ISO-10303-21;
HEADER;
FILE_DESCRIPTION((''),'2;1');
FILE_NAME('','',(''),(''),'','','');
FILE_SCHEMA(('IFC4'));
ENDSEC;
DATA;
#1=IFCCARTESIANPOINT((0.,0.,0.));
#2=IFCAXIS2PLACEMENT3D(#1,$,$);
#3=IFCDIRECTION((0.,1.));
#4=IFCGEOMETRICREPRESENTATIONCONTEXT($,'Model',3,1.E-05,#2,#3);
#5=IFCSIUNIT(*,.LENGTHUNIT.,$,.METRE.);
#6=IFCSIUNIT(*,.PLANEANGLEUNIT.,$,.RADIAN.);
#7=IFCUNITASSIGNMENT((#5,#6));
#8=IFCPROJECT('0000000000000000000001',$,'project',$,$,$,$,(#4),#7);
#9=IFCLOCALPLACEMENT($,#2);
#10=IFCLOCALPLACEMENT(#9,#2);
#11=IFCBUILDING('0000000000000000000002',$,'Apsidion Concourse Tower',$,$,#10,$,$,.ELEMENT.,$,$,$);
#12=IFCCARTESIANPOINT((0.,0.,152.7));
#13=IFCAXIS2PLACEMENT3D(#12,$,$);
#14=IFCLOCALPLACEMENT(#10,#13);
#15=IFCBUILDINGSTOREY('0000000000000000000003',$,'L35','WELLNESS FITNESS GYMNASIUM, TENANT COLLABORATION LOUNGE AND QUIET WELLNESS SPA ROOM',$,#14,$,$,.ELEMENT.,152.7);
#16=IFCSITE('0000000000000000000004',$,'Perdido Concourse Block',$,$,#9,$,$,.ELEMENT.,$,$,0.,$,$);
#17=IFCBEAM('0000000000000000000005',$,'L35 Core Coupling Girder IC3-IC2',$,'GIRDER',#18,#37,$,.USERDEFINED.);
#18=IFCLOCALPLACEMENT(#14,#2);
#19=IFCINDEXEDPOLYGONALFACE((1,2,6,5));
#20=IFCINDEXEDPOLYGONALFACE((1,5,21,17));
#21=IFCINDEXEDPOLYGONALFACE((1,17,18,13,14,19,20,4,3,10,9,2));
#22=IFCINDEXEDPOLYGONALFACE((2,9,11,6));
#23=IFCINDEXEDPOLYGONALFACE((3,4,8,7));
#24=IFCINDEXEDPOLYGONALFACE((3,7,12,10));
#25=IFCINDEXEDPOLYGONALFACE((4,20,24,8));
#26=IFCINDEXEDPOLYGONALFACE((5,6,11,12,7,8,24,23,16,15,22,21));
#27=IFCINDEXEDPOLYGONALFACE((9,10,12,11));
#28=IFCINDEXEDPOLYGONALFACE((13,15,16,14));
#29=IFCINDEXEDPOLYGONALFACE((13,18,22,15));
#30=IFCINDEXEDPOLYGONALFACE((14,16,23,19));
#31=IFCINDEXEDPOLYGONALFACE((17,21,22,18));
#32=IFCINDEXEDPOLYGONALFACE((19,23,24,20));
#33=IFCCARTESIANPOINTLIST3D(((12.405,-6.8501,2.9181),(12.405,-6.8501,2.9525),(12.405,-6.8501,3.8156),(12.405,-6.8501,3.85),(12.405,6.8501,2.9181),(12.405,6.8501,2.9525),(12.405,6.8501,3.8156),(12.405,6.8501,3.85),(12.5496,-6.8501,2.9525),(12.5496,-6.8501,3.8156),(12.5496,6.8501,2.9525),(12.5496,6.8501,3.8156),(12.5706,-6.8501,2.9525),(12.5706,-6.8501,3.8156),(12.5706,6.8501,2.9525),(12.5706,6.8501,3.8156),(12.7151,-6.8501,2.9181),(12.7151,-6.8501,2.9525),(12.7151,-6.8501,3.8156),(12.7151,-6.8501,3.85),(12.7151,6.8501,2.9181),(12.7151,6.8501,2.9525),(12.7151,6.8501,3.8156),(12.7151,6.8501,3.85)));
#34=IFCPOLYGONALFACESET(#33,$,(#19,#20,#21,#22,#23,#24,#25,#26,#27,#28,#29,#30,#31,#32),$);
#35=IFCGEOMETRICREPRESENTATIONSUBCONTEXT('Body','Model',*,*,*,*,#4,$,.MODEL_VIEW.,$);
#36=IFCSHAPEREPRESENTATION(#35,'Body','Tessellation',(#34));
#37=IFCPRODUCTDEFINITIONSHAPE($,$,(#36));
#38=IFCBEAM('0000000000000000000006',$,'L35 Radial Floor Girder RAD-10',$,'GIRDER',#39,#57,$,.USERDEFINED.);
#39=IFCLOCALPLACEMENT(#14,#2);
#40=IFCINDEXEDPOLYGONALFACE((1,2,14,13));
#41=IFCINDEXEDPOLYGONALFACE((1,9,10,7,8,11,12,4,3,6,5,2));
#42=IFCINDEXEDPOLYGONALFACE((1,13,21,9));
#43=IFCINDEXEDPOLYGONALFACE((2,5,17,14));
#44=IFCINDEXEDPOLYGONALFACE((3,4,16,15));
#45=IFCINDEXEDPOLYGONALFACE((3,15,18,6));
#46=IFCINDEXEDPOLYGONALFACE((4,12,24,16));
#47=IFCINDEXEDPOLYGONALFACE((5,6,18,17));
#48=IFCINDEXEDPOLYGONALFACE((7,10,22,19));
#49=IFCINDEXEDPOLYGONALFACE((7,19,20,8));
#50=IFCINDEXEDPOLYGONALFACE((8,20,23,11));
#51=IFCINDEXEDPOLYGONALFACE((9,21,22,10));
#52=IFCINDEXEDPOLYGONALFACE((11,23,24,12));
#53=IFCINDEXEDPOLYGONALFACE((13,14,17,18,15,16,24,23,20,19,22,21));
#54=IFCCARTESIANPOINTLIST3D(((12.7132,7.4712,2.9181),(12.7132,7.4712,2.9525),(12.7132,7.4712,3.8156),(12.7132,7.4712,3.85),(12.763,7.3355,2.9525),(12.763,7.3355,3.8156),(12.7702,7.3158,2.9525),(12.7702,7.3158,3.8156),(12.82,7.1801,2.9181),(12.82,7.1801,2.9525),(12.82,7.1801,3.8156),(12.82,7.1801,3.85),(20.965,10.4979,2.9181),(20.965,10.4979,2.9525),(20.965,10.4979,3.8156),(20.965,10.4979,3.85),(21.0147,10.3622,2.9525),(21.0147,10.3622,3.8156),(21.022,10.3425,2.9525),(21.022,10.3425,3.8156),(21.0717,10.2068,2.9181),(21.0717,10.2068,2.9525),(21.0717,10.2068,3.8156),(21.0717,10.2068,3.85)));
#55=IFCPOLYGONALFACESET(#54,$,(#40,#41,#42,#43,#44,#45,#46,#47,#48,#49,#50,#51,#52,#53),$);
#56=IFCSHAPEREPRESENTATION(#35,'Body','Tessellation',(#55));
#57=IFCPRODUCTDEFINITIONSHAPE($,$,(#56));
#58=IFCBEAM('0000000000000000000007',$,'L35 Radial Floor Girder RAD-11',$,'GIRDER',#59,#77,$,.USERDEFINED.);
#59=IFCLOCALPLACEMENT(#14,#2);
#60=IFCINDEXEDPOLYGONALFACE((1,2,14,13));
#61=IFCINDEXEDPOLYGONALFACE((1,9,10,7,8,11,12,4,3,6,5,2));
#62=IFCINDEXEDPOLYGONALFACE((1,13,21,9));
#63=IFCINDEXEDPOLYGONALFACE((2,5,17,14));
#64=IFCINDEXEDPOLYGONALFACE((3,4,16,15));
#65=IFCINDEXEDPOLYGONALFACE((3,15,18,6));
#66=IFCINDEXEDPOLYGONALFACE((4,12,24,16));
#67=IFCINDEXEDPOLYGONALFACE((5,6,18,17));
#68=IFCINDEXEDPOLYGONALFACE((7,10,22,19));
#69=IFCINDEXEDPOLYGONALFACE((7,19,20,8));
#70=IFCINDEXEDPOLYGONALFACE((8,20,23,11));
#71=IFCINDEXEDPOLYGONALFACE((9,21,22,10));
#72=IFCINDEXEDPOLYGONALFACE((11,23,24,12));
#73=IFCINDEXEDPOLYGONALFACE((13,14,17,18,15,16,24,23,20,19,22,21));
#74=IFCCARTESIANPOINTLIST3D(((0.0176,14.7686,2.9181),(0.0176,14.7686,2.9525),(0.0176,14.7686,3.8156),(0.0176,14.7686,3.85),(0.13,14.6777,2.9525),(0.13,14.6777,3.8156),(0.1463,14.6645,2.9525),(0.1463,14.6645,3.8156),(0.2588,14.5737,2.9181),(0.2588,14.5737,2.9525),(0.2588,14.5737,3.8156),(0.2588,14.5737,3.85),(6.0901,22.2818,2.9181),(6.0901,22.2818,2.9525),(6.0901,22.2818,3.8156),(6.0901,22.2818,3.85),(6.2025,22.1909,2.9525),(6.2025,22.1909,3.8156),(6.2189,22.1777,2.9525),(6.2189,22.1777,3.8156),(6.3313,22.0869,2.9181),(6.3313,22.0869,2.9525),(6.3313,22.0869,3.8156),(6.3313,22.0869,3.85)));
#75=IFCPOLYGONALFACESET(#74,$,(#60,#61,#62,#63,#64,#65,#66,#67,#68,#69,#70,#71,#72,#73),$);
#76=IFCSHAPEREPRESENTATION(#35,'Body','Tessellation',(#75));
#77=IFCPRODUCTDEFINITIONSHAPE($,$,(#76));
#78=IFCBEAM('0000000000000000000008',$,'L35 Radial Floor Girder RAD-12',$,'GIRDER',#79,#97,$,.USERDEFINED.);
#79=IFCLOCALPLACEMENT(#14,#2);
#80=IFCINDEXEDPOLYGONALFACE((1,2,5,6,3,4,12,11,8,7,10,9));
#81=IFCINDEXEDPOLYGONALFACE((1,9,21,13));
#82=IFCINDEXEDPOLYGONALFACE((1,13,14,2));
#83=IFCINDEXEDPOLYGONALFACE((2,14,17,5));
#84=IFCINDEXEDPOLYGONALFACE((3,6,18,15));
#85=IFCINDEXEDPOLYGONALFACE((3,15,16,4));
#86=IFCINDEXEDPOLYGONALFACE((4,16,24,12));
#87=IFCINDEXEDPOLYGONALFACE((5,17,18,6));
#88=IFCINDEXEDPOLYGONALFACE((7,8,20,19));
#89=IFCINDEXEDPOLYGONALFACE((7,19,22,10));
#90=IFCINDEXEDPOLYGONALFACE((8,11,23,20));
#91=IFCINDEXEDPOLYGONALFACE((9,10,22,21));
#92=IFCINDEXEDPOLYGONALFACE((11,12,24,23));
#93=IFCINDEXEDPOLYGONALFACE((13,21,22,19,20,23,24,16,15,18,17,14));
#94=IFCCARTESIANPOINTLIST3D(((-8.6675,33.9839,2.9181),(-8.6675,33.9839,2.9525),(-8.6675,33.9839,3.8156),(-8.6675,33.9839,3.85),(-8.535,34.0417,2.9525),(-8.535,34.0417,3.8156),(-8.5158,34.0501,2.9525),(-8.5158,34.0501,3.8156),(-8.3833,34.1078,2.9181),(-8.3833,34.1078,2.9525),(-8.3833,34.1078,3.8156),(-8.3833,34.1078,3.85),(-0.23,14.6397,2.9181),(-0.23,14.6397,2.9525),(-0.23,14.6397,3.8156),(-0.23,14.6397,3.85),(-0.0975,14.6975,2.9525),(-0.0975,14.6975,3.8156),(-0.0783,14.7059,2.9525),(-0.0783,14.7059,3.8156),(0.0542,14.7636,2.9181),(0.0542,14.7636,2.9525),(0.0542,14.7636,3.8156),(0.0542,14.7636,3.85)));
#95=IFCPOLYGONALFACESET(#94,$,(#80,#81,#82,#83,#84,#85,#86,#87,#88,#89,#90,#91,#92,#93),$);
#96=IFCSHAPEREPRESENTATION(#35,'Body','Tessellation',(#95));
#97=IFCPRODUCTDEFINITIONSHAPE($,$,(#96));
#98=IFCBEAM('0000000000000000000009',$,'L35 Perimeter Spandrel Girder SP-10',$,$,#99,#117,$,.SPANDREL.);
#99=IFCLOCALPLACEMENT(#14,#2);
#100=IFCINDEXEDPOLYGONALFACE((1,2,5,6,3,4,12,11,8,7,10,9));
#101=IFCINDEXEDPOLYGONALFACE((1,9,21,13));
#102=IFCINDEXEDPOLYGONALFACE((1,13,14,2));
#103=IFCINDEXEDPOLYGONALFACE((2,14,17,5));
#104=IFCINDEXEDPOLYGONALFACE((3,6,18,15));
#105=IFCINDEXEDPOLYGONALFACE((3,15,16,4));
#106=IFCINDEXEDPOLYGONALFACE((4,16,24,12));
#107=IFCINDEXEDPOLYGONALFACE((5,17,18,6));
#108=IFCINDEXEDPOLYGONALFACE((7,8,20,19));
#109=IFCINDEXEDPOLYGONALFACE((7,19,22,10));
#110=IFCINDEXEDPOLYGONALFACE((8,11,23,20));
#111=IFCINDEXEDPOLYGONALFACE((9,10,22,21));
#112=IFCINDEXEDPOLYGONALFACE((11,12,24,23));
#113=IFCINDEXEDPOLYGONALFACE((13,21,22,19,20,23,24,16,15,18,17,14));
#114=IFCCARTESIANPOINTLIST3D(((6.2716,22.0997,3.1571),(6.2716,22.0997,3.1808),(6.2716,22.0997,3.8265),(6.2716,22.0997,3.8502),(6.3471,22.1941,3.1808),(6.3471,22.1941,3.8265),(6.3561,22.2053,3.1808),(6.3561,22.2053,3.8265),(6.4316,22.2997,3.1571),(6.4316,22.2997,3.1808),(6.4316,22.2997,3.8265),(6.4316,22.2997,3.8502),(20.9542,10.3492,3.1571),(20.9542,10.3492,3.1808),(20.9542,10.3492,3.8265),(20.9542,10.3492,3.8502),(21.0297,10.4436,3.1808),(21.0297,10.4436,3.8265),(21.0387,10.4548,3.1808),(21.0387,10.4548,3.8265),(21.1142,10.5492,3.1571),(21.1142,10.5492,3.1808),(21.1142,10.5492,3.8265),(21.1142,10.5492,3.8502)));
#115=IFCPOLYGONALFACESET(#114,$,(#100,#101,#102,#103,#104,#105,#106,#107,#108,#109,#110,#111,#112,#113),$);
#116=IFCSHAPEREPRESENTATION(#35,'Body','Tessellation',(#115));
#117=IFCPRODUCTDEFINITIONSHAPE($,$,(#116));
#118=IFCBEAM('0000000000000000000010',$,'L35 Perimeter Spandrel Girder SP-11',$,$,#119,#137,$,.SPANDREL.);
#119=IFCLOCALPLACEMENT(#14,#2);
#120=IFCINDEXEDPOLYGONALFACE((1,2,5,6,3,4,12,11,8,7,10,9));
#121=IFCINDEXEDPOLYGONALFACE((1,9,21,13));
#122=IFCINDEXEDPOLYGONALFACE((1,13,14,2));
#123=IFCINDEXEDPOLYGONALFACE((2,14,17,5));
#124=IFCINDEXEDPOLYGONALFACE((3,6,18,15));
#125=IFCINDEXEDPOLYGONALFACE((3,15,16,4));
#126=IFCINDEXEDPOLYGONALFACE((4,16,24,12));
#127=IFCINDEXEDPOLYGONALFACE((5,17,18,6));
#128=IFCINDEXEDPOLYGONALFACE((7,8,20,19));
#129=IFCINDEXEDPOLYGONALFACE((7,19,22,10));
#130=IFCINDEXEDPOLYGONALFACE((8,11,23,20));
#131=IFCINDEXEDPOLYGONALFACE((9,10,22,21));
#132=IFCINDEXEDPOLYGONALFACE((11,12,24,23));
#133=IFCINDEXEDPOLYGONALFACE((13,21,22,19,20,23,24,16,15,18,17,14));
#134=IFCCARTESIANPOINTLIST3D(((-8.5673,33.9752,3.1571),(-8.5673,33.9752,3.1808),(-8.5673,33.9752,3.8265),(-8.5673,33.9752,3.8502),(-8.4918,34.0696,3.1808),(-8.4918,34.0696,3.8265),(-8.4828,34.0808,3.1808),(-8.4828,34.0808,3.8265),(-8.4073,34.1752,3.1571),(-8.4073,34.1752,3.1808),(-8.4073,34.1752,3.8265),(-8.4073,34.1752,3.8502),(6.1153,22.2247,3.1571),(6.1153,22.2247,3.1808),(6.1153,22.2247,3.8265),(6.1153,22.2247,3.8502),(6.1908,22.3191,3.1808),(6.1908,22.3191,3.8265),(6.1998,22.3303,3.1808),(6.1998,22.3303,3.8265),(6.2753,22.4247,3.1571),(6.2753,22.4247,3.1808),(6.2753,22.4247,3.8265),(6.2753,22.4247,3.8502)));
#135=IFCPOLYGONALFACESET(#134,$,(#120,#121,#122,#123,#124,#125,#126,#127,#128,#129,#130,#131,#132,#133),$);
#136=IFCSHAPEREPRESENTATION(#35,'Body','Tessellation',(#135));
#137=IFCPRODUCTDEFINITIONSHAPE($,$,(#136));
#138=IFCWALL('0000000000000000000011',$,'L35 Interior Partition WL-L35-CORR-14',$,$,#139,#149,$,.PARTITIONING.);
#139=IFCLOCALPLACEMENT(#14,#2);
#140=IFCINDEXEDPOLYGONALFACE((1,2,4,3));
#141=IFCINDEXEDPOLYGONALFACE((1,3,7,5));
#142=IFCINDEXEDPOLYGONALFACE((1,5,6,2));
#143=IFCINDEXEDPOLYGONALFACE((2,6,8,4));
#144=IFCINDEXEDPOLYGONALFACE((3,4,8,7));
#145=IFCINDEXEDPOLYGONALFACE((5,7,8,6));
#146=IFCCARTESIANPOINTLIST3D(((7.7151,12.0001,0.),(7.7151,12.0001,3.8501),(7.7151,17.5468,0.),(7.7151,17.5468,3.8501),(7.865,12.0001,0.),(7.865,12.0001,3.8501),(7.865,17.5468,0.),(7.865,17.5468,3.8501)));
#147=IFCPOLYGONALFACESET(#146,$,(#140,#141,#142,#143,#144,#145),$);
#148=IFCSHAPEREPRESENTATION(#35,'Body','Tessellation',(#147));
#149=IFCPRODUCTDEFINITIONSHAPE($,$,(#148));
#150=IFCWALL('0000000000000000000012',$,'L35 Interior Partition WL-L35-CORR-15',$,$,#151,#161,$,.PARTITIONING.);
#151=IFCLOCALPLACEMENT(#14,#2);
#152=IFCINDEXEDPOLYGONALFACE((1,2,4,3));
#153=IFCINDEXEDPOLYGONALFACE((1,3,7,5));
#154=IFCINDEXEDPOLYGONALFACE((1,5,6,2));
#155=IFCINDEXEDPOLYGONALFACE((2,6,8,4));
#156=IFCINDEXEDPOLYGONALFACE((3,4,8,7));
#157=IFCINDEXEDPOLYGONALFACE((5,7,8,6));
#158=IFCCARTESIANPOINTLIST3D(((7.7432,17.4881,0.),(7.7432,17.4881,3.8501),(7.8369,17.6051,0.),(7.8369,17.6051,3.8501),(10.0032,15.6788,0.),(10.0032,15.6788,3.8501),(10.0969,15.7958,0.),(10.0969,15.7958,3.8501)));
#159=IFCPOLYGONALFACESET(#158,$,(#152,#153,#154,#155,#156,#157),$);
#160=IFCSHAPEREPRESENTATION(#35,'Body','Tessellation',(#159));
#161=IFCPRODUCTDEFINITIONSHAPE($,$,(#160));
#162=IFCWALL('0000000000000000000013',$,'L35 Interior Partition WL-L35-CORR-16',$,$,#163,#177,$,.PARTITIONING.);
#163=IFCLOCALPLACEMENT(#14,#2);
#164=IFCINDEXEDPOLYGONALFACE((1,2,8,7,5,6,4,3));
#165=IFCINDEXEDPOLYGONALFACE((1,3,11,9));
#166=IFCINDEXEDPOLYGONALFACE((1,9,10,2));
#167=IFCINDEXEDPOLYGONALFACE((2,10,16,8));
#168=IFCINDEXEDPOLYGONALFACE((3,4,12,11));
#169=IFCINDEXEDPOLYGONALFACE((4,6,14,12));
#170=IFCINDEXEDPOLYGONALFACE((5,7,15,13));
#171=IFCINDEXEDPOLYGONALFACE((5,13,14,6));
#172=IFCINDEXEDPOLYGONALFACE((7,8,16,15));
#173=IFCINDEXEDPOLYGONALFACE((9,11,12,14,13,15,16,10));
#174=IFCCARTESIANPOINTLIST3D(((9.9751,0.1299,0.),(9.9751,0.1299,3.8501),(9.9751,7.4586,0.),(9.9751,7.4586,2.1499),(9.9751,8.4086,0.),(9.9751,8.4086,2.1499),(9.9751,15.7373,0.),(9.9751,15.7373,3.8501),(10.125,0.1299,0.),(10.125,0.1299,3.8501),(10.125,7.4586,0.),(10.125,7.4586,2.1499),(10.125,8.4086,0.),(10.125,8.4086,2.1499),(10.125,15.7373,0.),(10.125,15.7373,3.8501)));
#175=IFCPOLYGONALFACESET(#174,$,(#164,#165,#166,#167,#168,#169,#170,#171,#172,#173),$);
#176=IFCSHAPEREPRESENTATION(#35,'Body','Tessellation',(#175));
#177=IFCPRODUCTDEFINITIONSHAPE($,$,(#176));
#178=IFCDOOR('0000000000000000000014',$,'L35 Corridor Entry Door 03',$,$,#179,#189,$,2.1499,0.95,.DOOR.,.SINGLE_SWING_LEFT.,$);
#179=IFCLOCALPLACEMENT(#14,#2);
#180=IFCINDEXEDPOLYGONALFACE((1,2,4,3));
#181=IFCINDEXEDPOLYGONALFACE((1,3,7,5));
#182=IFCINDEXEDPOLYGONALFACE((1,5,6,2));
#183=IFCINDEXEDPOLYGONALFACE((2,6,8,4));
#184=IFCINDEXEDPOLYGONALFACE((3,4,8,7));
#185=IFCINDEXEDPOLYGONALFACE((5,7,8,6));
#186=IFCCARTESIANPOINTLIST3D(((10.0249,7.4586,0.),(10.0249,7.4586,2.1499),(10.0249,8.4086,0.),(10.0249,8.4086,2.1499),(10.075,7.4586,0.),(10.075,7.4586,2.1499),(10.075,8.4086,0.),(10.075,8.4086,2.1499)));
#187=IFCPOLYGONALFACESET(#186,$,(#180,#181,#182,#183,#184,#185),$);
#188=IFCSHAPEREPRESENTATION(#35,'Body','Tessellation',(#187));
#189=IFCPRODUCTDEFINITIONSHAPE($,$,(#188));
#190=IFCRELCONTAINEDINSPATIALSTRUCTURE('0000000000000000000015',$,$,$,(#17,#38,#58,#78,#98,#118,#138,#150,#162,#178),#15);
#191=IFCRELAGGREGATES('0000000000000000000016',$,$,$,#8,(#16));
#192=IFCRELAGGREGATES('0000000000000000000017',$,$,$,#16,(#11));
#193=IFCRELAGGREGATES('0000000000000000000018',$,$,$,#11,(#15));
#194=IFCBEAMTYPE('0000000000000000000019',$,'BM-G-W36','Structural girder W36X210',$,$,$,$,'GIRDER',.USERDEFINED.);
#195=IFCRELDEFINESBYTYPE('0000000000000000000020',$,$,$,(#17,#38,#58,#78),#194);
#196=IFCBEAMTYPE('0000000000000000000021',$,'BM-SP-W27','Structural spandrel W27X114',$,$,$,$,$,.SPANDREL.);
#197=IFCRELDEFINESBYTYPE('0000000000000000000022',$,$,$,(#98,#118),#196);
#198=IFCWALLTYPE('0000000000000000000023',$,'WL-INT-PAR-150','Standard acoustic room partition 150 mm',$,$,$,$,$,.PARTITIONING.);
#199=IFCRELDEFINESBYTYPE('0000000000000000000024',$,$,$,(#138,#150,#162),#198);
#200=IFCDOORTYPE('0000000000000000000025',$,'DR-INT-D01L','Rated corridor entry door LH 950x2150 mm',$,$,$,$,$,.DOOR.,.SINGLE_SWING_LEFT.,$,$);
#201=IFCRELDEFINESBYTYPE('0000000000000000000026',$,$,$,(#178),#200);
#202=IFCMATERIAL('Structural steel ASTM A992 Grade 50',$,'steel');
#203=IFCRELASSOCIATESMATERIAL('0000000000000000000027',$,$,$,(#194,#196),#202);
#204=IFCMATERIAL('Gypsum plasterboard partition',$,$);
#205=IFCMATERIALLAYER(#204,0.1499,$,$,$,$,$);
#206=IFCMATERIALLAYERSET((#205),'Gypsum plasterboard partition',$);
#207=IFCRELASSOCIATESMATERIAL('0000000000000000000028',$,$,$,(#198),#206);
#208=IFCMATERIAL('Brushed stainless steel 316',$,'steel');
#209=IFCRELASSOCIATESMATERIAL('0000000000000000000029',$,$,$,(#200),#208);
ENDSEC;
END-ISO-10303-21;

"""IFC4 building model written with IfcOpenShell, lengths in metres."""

from ifc_helpers import new_model, si_unit, direction, frame, frame_2d, origin, origin_2d, place, context, subcontext, project, spatial, rectangle, i_section, extrude, material, layer, layer_set, material_profile, profile_set, type_object, element, fill, save


model = new_model("IFC4")

# Units and contexts
model_context = context("Model", 3, precision=1e-05, world=origin(), true_north=direction((0.0, 1.0)))
body_context = subcontext(model_context, "Body", "Model", "MODEL_VIEW")
ifc_project = project(units=[si_unit("LENGTHUNIT", "METRE"), si_unit("PLANEANGLEUNIT", "RADIAN")], contexts=[model_context])

# Site, building, storey
site_placement = place(None, origin())
site = spatial("IfcSite", under=ifc_project, at=site_placement, Name="Perdido Concourse Block", CompositionType="ELEMENT", RefElevation=0.0)
building_placement = place(site_placement, origin())
building = spatial("IfcBuilding", under=site, at=building_placement, Name="Apsidion Concourse Tower", CompositionType="ELEMENT")
storey_placement = place(building_placement, frame((0.0, 0.0, 152.7)))
storey = spatial("IfcBuildingStorey", under=building, at=storey_placement, Name="L35", Description="WELLNESS FITNESS GYMNASIUM, TENANT COLLABORATION LOUNGE AND QUIET WELLNESS SPA ROOM", CompositionType="ELEMENT", Elevation=152.7)

# Shared definitions
ifc_material_1 = material(Name="Structural steel ASTM A992 Grade 50", Category="steel")

# Beams
ifc_material_profile_1 = material_profile(ifc_material_1, i_section(OverallWidth=0.3101, OverallDepth=0.9319, WebThickness=0.021, FlangeThickness=0.0344, at=origin_2d()), Name="W36X210")
ifc_profile_set_1 = profile_set([ifc_material_profile_1], Name="Structural steel ASTM A992 Grade 50")
beam_type_1 = type_object("IfcBeamType", Name="BM-G-W36", Description="Structural girder W36X210", ElementType="GIRDER", PredefinedType="USERDEFINED", material=ifc_profile_set_1)
beam_1_placement = place(storey_placement, frame((12.5601, 6.8501, 3.384), z_axis=(0.0, -1.0, 0.0), x_axis=(1.0, 0.0, 0.0)))
element("IfcBeam", 1, at=beam_1_placement, inside=storey, type_object=beam_type_1, Name="L35 Core Coupling Girder IC3-IC2", ObjectType="GIRDER", PredefinedType="USERDEFINED", context=body_context, shape_type="SweptSolid", body=[
    extrude(i_section(OverallWidth=0.3101, OverallDepth=0.9319, WebThickness=0.021, FlangeThickness=0.0344, at=origin_2d()), origin(), (0.0, 0.0, 1.0), 13.7002),
])
beam_2_placement = place(storey_placement, frame((12.7666, 7.3257, 3.384), z_axis=(0.93884, 0.344353, 0.0), x_axis=(-0.344353, 0.93884, 0.0)))
element("IfcBeam", 2, at=beam_2_placement, inside=storey, type_object=beam_type_1, Name="L35 Radial Floor Girder RAD-10", ObjectType="GIRDER", PredefinedType="USERDEFINED", context=body_context, shape_type="SweptSolid", body=[
    extrude(i_section(OverallWidth=0.3101, OverallDepth=0.9319, WebThickness=0.021, FlangeThickness=0.0344, at=origin_2d()), origin(), (0.0, 0.0, 1.0), 8.7893),
])
beam_3_placement = place(storey_placement, frame((0.1382, 14.6711, 3.384), z_axis=(0.628598, 0.77773, 0.0), x_axis=(-0.77773, 0.628598, 0.0)))
element("IfcBeam", 3, at=beam_3_placement, inside=storey, type_object=beam_type_1, Name="L35 Radial Floor Girder RAD-11", ObjectType="GIRDER", PredefinedType="USERDEFINED", context=body_context, shape_type="SweptSolid", body=[
    extrude(i_section(OverallWidth=0.3101, OverallDepth=0.9319, WebThickness=0.021, FlangeThickness=0.0344, at=origin_2d()), origin(), (0.0, 0.0, 1.0), 9.6604),
])
beam_4_placement = place(storey_placement, frame((-0.0879, 14.7017, 3.384), z_axis=(-0.3998, 0.916602, 0.0), x_axis=(-0.916602, -0.3998, 0.0)))
element("IfcBeam", 4, at=beam_4_placement, inside=storey, type_object=beam_type_1, Name="L35 Radial Floor Girder RAD-12", ObjectType="GIRDER", PredefinedType="USERDEFINED", context=body_context, shape_type="SweptSolid", body=[
    extrude(i_section(OverallWidth=0.3101, OverallDepth=0.9319, WebThickness=0.021, FlangeThickness=0.0344, at=origin_2d()), origin(), (0.0, 0.0, 1.0), 21.1042),
])
ifc_material_profile_2 = material_profile(ifc_material_1, i_section(OverallWidth=0.2561, OverallDepth=0.6931, WebThickness=0.0144, FlangeThickness=0.0237, at=origin_2d()), Name="W27X114")
ifc_profile_set_2 = profile_set([ifc_material_profile_2], Name="Structural steel ASTM A992 Grade 50")
beam_type_2 = type_object("IfcBeamType", Name="BM-SP-W27", Description="Structural spandrel W27X114", PredefinedType="SPANDREL", material=ifc_profile_set_2)
for number, where, z_axis, x_axis, name in (
    (5, (21.0342, 10.4492, 3.5037), (-0.780755, 0.624838, 0.0), (-0.624838, -0.780755, 0.0), "L35 Perimeter Spandrel Girder SP-10"),
    (6, (6.1953, 22.3247, 3.5037), (-0.780755, 0.624838, 0.0), (-0.624838, -0.780755, 0.0), "L35 Perimeter Spandrel Girder SP-11"),
):
    element("IfcBeam", number, at=place(storey_placement, frame(where, z_axis=z_axis, x_axis=x_axis)), inside=storey, type_object=beam_type_2, Name=name, PredefinedType="SPANDREL", context=body_context, shape_type="SweptSolid", body=[
        extrude(i_section(OverallWidth=0.2561, OverallDepth=0.6931, WebThickness=0.0144, FlangeThickness=0.0237, at=origin_2d()), origin(), (0.0, 0.0, 1.0), 18.8057),
    ])

# Walls
ifc_material_2 = material(Name="Gypsum plasterboard partition")
ifc_layer = layer(ifc_material_2, 0.1499)
ifc_layer_set = layer_set([ifc_layer], Name="Gypsum plasterboard partition")
wall_type = type_object("IfcWallType", Name="WL-INT-PAR-150", Description="Standard acoustic room partition 150 mm", PredefinedType="PARTITIONING", material=ifc_layer_set)
wall_1_placement = place(storey_placement, frame((7.79, 12.0, 0.0), z_axis=(0.0, 0.0, 1.0), x_axis=(0.0, 1.0, 0.0)))
element("IfcWall", 7, at=wall_1_placement, inside=storey, type_object=wall_type, Name="L35 Interior Partition WL-L35-CORR-14", PredefinedType="PARTITIONING", context=body_context, shape_type="SweptSolid", body=[
    extrude(rectangle(XDim=5.5466, YDim=0.1499, at=frame_2d((2.7734, 0.0))), origin(), (0.0, 0.0, 1.0), 3.8501),
])
wall_2_placement = place(storey_placement, frame((7.79, 17.5466, 0.0), z_axis=(0.0, 0.0, 1.0), x_axis=(0.780647, -0.624973, 0.0)))
element("IfcWall", 8, at=wall_2_placement, inside=storey, type_object=wall_type, Name="L35 Interior Partition WL-L35-CORR-15", PredefinedType="PARTITIONING", context=body_context, shape_type="SweptSolid", body=[
    extrude(rectangle(XDim=2.895, YDim=0.1499, at=frame_2d((1.4475, 0.0))), origin(), (0.0, 0.0, 1.0), 3.8501),
])

# Wall, opening, door
wall_3_placement = place(storey_placement, frame((10.05, 15.7373, 0.0), z_axis=(0.0, 0.0, 1.0), x_axis=(0.0, -1.0, 0.0)))
wall_3 = element("IfcWall", 9, at=wall_3_placement, inside=storey, type_object=wall_type, Name="L35 Interior Partition WL-L35-CORR-16", PredefinedType="PARTITIONING", context=body_context, shape_type="SweptSolid", body=[
    extrude(rectangle(XDim=15.6074, YDim=0.1499, at=frame_2d((7.8037, 0.0))), origin(), (0.0, 0.0, 1.0), 3.8501),
])
opening_placement = place(wall_3_placement, frame((7.3286, 0.0, 0.0)))
opening = element("IfcOpeningElement", 10, at=opening_placement, cuts=wall_3, PredefinedType="OPENING", context=body_context, shape_type="SweptSolid", body=[
    extrude(rectangle(XDim=0.95, YDim=2.1499, at=frame_2d((0.4751, 1.075))), frame((0.0, 0.085, 0.0), z_axis=(0.0, -1.0, 0.0), x_axis=(1.0, 0.0, 0.0)), (0.0, 0.0, 1.0), 0.1699),
])
ifc_material_3 = material(Name="Brushed stainless steel 316", Category="steel")
door_type = type_object("IfcDoorType", Name="DR-INT-D01L", Description="Rated corridor entry door LH 950x2150 mm", OperationType="SINGLE_SWING_LEFT", PredefinedType="DOOR", material=ifc_material_3)
door_placement = place(opening_placement, origin())
door = element("IfcDoor", 11, at=door_placement, inside=storey, type_object=door_type, Name="L35 Corridor Entry Door 03", OperationType="SINGLE_SWING_LEFT", OverallHeight=2.1499, OverallWidth=0.95, PredefinedType="DOOR", context=body_context, shape_type="SweptSolid", body=[
    extrude(rectangle(XDim=0.95, YDim=2.1499, at=frame_2d((0.4751, 1.075))), frame((0.0, 0.0249, 0.0), z_axis=(0.0, -1.0, 0.0), x_axis=(1.0, 0.0, 0.0)), (0.0, 0.0, 1.0), 0.05),
])
fill(opening, door)

save(model, "model.ifc")
